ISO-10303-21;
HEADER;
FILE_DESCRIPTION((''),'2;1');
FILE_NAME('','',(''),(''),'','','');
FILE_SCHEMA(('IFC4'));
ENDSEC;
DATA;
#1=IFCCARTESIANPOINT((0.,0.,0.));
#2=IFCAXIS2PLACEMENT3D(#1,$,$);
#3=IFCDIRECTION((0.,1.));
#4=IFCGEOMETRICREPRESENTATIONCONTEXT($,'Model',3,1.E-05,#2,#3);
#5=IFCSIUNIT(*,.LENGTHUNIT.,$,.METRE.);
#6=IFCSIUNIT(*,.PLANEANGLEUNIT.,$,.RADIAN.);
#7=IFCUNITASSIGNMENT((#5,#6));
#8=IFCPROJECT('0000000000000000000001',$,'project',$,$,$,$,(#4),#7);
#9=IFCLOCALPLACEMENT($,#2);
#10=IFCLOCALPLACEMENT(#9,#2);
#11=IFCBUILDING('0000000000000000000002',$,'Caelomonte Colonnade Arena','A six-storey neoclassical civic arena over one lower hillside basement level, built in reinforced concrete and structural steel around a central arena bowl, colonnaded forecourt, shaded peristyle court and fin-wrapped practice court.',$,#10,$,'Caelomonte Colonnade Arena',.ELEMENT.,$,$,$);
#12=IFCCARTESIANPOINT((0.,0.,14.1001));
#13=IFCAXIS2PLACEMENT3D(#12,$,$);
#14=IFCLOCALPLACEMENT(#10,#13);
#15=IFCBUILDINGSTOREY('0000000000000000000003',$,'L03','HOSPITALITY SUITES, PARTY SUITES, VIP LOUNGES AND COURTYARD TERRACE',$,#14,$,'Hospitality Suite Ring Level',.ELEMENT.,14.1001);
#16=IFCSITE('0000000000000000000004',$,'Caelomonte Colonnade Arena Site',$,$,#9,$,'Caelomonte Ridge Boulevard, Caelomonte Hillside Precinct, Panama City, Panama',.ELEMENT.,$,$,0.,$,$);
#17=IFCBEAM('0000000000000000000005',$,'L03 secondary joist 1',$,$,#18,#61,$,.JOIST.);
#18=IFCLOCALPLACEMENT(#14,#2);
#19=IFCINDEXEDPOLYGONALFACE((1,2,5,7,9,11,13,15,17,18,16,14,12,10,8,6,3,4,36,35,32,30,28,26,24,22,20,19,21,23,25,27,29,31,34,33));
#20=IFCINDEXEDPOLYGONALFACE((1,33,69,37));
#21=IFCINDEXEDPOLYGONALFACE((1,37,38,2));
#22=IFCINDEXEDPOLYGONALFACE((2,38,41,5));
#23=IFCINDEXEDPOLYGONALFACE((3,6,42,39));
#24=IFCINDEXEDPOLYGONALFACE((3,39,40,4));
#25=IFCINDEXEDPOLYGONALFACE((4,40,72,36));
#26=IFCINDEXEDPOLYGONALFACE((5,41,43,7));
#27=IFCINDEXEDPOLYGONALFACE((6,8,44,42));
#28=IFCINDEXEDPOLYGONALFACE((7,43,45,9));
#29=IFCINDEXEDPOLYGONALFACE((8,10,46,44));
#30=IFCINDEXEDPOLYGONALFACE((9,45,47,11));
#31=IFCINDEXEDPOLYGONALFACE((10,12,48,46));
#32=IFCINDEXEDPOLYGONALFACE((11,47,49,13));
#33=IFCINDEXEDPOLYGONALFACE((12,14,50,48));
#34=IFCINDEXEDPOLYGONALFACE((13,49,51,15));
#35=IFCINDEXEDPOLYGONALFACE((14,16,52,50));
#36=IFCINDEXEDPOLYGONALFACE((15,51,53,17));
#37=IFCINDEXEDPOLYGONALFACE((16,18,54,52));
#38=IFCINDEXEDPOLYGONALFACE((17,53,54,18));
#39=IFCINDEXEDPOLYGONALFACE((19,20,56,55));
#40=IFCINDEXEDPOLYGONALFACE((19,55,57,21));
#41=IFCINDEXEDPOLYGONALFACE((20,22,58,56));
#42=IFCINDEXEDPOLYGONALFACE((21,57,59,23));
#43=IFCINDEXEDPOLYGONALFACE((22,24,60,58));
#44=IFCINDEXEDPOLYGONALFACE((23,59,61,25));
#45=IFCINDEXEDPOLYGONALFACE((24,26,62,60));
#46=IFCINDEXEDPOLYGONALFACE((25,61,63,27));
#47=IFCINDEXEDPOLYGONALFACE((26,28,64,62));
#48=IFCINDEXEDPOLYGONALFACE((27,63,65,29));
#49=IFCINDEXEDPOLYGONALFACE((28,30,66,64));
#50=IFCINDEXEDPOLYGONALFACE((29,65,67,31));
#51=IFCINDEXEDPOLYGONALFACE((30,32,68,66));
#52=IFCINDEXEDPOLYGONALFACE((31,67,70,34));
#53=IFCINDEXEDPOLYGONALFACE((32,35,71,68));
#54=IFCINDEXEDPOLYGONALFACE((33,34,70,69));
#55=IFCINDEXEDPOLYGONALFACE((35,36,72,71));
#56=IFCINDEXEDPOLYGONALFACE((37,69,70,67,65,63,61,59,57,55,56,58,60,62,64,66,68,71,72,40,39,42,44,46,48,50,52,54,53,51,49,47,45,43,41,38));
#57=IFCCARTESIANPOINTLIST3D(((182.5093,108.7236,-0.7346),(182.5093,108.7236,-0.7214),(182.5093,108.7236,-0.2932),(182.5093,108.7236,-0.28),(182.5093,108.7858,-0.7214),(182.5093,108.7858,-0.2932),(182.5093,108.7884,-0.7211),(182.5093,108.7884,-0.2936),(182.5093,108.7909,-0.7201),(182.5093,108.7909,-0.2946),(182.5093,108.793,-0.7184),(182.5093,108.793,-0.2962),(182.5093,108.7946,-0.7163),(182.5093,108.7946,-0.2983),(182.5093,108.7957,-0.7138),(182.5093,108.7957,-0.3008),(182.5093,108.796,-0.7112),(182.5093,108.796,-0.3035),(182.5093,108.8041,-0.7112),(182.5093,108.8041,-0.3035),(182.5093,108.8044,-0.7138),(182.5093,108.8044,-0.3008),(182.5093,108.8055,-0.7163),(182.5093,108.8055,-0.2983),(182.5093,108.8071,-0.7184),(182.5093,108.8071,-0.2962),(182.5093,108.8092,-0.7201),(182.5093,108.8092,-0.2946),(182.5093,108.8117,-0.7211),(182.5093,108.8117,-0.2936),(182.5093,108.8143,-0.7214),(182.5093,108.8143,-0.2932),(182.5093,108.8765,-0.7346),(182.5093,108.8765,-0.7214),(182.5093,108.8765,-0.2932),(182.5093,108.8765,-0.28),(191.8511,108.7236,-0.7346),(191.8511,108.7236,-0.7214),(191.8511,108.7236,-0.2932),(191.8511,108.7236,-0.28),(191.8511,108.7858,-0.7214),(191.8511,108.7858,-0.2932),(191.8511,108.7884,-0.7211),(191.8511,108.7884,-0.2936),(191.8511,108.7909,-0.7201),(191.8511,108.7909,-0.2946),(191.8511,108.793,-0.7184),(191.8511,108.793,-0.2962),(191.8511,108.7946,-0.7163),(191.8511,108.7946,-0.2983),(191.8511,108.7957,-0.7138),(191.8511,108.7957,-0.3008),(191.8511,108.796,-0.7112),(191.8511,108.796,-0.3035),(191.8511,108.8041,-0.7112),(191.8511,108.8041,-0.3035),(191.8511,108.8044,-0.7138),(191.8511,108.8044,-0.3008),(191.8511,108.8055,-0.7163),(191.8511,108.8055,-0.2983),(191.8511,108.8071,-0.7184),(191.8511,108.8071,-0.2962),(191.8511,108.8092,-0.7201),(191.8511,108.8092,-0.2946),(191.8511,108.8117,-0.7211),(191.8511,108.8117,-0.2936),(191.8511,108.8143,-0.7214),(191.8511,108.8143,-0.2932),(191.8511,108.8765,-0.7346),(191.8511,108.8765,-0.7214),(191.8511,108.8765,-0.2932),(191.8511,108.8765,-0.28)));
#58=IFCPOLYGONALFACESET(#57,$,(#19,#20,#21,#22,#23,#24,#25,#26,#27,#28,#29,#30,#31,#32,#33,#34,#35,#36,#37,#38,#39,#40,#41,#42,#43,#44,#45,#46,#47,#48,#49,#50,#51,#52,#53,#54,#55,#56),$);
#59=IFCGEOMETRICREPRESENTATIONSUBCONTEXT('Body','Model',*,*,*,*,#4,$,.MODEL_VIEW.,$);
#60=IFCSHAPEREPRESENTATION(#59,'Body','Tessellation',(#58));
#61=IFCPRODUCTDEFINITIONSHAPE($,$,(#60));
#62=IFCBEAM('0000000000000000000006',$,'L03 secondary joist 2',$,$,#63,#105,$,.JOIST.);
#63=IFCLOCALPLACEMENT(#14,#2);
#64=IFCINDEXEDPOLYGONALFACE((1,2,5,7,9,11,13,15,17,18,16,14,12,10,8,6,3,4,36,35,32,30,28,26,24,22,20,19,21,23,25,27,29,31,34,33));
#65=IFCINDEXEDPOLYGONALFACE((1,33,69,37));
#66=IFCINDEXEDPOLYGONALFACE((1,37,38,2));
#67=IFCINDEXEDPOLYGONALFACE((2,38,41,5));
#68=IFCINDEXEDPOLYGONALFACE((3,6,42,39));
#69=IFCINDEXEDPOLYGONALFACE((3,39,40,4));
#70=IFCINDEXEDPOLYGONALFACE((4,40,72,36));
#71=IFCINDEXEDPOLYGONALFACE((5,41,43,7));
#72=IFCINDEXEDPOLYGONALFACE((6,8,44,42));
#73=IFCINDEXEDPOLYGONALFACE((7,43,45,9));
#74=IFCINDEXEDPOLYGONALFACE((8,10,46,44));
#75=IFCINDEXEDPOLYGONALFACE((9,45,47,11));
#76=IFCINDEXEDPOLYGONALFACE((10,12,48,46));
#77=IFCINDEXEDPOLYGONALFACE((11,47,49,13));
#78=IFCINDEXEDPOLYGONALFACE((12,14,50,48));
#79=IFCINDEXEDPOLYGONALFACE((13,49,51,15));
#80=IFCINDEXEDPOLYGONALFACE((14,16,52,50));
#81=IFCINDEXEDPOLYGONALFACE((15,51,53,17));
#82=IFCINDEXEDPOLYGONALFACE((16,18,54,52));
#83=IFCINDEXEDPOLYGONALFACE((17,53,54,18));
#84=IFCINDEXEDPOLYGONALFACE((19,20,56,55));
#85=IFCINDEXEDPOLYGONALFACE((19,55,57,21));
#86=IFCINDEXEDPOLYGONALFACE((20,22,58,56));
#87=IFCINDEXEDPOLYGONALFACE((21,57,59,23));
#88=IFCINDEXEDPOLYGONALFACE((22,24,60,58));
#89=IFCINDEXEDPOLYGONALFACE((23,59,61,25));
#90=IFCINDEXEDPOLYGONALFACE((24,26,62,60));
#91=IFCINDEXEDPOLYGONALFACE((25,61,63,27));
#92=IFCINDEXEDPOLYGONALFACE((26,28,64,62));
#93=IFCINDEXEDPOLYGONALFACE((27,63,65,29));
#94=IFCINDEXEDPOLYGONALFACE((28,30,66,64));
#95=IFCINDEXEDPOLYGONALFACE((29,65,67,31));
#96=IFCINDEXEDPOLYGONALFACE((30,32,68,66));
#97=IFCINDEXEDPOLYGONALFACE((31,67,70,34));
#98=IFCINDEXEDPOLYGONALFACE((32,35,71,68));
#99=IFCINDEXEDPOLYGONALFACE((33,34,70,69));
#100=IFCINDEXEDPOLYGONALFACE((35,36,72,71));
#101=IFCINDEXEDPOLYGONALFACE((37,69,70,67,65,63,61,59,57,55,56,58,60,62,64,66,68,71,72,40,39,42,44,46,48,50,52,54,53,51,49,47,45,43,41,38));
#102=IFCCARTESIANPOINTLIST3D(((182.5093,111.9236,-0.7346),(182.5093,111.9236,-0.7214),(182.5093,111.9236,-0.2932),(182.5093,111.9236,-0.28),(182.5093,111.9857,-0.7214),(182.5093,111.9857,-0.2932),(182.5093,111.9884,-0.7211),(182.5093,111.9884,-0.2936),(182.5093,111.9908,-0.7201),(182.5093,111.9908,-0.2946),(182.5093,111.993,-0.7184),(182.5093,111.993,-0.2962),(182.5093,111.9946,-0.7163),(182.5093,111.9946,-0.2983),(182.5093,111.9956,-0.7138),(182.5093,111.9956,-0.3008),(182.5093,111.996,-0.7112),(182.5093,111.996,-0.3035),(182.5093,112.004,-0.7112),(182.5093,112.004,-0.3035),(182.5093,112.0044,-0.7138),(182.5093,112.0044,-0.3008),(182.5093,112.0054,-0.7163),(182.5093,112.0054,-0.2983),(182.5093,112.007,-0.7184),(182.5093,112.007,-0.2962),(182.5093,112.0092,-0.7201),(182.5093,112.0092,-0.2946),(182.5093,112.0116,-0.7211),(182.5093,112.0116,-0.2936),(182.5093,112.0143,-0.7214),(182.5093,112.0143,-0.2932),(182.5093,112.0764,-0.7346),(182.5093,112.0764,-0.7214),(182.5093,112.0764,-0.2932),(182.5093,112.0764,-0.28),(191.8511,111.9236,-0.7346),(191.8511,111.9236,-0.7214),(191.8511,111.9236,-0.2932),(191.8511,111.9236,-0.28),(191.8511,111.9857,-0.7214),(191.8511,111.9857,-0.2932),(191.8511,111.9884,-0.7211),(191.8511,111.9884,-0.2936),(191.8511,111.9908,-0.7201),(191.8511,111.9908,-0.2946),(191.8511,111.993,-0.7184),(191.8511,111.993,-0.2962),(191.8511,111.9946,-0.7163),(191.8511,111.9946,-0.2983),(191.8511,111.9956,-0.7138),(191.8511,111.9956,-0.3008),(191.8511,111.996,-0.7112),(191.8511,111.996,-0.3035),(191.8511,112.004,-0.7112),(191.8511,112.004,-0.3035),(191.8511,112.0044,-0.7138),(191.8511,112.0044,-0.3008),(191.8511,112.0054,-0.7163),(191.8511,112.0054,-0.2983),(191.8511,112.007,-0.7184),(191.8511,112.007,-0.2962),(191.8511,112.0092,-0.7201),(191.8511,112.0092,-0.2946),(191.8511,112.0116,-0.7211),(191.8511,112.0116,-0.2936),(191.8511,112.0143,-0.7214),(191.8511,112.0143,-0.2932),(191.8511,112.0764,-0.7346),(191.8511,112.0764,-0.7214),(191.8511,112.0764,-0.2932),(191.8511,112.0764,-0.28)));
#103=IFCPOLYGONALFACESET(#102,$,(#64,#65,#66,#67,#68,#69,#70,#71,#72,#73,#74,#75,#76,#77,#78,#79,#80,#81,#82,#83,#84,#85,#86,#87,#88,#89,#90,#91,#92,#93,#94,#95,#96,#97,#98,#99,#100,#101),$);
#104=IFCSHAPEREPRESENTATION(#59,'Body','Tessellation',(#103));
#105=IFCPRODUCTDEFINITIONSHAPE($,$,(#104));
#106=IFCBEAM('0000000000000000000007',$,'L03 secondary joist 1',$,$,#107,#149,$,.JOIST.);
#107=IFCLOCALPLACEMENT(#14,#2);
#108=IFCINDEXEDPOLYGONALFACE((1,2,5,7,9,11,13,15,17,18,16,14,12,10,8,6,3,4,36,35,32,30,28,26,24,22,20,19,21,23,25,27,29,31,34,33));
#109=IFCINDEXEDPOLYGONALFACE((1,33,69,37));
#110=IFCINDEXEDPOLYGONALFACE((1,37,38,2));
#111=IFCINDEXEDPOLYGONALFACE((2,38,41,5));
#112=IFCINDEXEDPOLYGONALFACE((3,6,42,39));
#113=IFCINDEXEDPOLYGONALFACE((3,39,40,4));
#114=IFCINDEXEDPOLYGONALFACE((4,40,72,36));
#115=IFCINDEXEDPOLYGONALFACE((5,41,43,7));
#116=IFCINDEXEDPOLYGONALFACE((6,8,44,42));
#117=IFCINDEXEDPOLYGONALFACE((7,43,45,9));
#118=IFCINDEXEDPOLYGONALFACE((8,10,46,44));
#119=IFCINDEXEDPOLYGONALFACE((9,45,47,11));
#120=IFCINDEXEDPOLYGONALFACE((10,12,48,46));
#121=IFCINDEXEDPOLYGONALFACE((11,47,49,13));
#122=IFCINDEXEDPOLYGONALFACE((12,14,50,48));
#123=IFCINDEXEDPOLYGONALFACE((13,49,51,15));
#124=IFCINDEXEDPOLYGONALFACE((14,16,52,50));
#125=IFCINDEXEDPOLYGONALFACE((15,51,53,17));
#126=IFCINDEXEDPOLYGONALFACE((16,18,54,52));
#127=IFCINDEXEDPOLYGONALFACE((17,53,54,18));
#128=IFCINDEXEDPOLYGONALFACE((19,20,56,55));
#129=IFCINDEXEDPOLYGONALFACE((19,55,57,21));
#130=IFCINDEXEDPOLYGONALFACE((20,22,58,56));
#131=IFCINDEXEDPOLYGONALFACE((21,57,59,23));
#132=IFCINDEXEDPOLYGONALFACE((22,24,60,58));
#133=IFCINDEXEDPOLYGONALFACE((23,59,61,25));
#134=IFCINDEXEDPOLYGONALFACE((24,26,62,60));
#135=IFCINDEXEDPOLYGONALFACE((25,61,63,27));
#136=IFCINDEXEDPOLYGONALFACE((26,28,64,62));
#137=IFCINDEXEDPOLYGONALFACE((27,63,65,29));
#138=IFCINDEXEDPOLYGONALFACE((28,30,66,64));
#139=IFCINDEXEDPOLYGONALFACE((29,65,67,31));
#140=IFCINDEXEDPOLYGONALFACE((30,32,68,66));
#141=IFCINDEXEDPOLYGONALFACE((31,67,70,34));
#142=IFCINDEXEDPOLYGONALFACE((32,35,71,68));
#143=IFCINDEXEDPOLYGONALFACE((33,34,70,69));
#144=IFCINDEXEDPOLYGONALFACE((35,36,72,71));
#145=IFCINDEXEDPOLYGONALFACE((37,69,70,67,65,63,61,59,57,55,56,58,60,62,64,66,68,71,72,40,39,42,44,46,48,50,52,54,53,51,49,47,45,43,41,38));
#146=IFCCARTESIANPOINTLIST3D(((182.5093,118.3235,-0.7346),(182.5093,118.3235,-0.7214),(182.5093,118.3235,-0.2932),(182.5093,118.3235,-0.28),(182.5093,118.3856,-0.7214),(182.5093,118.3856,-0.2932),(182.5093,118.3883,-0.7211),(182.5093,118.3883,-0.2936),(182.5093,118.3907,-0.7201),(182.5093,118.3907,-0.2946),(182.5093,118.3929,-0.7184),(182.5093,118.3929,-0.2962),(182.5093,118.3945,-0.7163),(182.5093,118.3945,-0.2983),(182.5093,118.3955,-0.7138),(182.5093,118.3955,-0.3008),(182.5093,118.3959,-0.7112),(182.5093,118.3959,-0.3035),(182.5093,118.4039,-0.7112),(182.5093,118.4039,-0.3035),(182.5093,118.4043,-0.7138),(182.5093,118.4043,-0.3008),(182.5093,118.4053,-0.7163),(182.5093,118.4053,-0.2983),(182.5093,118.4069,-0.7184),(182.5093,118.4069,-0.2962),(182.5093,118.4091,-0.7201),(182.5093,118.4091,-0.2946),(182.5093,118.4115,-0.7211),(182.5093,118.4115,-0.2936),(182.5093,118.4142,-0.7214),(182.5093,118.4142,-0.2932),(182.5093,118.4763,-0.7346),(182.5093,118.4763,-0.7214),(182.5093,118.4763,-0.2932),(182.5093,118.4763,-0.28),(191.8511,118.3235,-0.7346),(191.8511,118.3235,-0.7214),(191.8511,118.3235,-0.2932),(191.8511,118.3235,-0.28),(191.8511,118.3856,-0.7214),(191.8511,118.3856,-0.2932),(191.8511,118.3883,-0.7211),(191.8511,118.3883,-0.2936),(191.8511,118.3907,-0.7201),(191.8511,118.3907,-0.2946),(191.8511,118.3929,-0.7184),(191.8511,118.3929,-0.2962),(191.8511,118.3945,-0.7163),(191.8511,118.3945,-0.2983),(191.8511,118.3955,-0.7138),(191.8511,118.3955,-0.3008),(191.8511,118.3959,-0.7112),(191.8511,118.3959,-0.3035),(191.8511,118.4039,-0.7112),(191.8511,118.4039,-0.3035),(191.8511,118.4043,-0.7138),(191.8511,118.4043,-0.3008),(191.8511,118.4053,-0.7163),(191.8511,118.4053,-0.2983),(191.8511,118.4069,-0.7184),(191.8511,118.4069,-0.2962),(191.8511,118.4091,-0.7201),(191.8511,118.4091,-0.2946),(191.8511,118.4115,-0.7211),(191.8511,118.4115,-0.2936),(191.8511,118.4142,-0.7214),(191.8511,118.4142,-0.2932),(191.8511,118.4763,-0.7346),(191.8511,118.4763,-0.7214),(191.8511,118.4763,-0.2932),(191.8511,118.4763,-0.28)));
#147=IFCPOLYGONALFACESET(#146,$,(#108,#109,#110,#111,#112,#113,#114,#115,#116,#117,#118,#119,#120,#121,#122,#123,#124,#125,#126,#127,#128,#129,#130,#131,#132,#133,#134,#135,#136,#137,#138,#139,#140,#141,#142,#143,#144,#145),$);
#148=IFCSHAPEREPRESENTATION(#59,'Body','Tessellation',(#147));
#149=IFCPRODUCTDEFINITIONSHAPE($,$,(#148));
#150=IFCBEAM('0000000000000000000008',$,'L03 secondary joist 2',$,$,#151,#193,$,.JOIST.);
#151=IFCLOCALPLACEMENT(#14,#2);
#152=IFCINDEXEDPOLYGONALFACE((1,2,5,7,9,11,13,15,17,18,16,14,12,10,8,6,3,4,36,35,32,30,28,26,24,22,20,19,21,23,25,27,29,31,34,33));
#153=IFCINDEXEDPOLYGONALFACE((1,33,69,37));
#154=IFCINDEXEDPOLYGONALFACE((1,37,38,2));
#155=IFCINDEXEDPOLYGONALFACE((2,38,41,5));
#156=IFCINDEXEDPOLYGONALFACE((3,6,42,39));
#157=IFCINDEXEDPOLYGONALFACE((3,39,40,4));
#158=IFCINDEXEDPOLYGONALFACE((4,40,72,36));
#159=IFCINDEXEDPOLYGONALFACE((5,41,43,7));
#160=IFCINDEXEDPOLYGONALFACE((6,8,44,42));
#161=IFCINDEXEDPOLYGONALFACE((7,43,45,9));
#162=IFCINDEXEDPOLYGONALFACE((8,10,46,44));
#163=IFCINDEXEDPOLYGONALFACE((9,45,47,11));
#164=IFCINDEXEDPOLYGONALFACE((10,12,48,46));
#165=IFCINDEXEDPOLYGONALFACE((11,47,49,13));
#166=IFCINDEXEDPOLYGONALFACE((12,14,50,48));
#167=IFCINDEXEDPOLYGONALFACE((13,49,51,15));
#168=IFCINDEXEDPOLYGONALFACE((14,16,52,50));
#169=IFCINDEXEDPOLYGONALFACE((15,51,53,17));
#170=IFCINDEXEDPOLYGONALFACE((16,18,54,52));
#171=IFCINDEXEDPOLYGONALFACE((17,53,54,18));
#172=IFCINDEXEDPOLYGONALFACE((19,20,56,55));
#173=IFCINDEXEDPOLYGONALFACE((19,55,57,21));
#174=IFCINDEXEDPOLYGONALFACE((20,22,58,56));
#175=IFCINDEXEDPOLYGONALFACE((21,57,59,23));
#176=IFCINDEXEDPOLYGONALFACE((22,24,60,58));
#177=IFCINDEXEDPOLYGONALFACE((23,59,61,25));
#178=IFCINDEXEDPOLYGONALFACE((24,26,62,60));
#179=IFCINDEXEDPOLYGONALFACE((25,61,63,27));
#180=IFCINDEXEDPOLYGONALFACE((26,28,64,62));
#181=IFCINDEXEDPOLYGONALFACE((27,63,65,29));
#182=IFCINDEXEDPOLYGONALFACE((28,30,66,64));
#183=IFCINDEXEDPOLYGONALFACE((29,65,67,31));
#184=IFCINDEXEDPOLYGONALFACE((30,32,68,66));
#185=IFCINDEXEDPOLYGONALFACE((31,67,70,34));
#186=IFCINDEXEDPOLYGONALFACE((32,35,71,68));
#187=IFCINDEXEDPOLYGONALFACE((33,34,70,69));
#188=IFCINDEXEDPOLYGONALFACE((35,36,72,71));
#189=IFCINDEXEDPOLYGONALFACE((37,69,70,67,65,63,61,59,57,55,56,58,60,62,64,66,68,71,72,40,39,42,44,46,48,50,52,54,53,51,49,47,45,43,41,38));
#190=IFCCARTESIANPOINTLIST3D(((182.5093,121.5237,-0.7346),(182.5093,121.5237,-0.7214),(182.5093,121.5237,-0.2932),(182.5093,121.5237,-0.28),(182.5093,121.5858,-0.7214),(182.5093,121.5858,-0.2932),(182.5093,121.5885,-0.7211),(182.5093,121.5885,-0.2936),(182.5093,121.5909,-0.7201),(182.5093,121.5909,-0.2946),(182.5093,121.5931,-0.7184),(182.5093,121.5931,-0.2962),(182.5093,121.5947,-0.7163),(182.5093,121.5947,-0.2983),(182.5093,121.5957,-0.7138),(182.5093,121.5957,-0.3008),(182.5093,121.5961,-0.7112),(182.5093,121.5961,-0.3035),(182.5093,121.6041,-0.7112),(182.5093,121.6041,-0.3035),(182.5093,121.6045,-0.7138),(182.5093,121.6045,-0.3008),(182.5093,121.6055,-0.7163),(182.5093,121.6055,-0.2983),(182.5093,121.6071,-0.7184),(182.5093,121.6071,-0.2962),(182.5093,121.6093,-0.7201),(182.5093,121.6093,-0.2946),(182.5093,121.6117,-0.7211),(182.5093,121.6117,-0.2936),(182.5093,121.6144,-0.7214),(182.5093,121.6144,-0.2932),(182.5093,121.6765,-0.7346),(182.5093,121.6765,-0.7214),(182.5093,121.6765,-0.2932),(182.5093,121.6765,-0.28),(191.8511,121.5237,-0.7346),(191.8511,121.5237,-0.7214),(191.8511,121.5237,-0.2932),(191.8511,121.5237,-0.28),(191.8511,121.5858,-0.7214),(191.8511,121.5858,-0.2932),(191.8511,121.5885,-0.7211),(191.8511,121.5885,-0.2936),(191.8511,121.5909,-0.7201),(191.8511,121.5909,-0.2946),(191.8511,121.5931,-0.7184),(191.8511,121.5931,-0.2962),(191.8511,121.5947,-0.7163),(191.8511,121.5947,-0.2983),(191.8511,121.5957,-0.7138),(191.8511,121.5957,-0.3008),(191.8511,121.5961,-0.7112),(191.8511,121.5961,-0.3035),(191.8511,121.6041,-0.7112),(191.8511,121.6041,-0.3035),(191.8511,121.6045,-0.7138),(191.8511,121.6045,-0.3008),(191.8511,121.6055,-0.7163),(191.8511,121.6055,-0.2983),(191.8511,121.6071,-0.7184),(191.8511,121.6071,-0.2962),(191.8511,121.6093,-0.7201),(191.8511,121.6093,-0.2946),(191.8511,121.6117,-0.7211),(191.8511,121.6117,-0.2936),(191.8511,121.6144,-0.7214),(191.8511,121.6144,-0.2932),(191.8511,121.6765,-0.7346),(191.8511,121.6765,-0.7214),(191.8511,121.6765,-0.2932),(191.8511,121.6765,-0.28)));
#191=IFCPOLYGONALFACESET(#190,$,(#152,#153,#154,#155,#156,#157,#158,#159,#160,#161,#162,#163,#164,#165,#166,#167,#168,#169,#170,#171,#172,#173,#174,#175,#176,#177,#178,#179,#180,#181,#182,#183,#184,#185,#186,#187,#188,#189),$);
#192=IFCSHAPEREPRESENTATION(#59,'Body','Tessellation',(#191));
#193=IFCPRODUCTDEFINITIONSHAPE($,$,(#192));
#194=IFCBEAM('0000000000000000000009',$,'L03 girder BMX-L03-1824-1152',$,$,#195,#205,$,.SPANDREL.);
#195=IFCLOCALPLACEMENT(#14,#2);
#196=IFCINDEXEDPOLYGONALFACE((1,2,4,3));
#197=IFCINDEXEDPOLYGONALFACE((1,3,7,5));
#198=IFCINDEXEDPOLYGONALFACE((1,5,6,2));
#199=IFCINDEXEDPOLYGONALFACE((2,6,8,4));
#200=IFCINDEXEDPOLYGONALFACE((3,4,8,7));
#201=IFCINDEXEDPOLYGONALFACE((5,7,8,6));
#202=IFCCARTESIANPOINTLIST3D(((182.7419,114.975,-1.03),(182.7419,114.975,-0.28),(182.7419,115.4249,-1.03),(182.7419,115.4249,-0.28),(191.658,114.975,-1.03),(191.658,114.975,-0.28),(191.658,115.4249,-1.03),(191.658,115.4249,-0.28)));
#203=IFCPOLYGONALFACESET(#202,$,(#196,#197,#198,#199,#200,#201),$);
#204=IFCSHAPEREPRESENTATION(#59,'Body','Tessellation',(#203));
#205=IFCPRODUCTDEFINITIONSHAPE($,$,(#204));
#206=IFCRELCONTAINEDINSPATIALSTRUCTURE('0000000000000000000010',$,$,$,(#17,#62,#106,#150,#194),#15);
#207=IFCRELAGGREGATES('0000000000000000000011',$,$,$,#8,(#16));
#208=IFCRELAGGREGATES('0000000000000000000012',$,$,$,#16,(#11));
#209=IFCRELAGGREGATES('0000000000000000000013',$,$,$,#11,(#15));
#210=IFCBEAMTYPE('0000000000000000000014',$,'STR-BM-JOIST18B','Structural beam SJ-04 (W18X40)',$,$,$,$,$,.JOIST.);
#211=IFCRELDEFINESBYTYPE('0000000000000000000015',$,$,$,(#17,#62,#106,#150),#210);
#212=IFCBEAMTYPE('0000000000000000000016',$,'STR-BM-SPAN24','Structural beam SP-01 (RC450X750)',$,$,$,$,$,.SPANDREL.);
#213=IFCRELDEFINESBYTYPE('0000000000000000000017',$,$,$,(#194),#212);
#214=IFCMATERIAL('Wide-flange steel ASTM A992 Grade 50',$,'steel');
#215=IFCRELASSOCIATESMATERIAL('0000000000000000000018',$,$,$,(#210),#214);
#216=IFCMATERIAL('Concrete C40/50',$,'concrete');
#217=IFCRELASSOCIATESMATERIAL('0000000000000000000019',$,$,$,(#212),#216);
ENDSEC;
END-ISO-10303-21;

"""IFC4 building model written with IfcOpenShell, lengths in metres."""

from ifc_helpers import new_model, si_unit, direction, frame, origin, origin_2d, place, context, subcontext, project, spatial, rectangle, i_section, extrude, material, material_profile, profile_set, type_object, element, save


model = new_model("IFC4")

# Units and contexts
model_context = context("Model", 3, precision=1e-05, world=origin(), true_north=direction((0.0, 1.0)))
body_context = subcontext(model_context, "Body", "Model", "MODEL_VIEW")
ifc_project = project(units=[si_unit("LENGTHUNIT", "METRE"), si_unit("PLANEANGLEUNIT", "RADIAN")], contexts=[model_context])

# Site, building, storey
site_placement = place(None, origin())
site = spatial("IfcSite", under=ifc_project, at=site_placement, Name="Caelomonte Colonnade Arena Site", LongName="Caelomonte Ridge Boulevard, Caelomonte Hillside Precinct, Panama City, Panama", CompositionType="ELEMENT", RefElevation=0.0)
building_placement = place(site_placement, origin())
building = spatial("IfcBuilding", under=site, at=building_placement, Name="Caelomonte Colonnade Arena", Description="A six-storey neoclassical civic arena over one lower hillside basement level, built in reinforced concrete and structural steel around a central arena bowl, colonnaded forecourt, shaded peristyle court and fin-wrapped practice court.", LongName="Caelomonte Colonnade Arena", CompositionType="ELEMENT")
storey_placement = place(building_placement, frame((0.0, 0.0, 14.1001)))
storey = spatial("IfcBuildingStorey", under=building, at=storey_placement, Name="L03", Description="HOSPITALITY SUITES, PARTY SUITES, VIP LOUNGES AND COURTYARD TERRACE", LongName="Hospitality Suite Ring Level", CompositionType="ELEMENT", Elevation=14.1001)

# Shared definitions
ifc_material_1 = material(Name="Concrete C40/50", Category="concrete")

# Beams
ifc_material_2 = material(Name="Wide-flange steel ASTM A992 Grade 50", Category="steel")
ifc_material_profile_1 = material_profile(ifc_material_2, i_section(OverallWidth=0.1528, OverallDepth=0.4546, WebThickness=0.0081, FlangeThickness=0.0132, FilletRadius=0.0103, at=origin_2d()), Name="W18X40")
ifc_profile_set_1 = profile_set([ifc_material_profile_1], Name="Wide-flange steel ASTM A992 Grade 50")
beam_type_1 = type_object("IfcBeamType", Name="STR-BM-JOIST18B", Description="Structural beam SJ-04 (W18X40)", PredefinedType="JOIST", material=ifc_profile_set_1)
for number, where, z_axis, x_axis, name in (
    (1, (182.5093, 108.8, -0.5073), (1.0, 0.0, 0.0), (0.0, 1.0, 0.0), "L03 secondary joist 1"),
    (2, (182.5093, 112.0, -0.5073), (1.0, 0.0, 0.0), (0.0, 1.0, 0.0), "L03 secondary joist 2"),
    (3, (182.5093, 118.3999, -0.5073), (1.0, 0.0, 0.0), (0.0, 1.0, 0.0), "L03 secondary joist 1"),
    (4, (182.5093, 121.6001, -0.5073), (1.0, 0.0, 0.0), (0.0, 1.0, 0.0), "L03 secondary joist 2"),
):
    element("IfcBeam", number, at=place(storey_placement, frame(where, z_axis=z_axis, x_axis=x_axis)), inside=storey, type_object=beam_type_1, Name=name, PredefinedType="JOIST", context=body_context, shape_type="SweptSolid", body=[
        extrude(i_section(OverallWidth=0.1528, OverallDepth=0.4546, WebThickness=0.0081, FlangeThickness=0.0132, FilletRadius=0.0103, at=origin_2d()), origin(), (0.0, 0.0, 1.0), 9.3418),
    ])
ifc_material_profile_2 = material_profile(ifc_material_1, rectangle(XDim=0.45, YDim=0.75, at=origin_2d()), Name="RC450X750")
ifc_profile_set_2 = profile_set([ifc_material_profile_2], Name="Concrete C40/50")
beam_type_2 = type_object("IfcBeamType", Name="STR-BM-SPAN24", Description="Structural beam SP-01 (RC450X750)", PredefinedType="SPANDREL", material=ifc_profile_set_2)
beam_1_placement = place(storey_placement, frame((182.7419, 115.2, -0.655), z_axis=(1.0, 0.0, 0.0), x_axis=(0.0, 1.0, 0.0)))
element("IfcBeam", 5, at=beam_1_placement, inside=storey, type_object=beam_type_2, Name="L03 girder BMX-L03-1824-1152", PredefinedType="SPANDREL", context=body_context, shape_type="SweptSolid", body=[
    extrude(rectangle(XDim=0.45, YDim=0.75, at=origin_2d()), origin(), (0.0, 0.0, 1.0), 8.916),
])

save(model, "model.ifc")
